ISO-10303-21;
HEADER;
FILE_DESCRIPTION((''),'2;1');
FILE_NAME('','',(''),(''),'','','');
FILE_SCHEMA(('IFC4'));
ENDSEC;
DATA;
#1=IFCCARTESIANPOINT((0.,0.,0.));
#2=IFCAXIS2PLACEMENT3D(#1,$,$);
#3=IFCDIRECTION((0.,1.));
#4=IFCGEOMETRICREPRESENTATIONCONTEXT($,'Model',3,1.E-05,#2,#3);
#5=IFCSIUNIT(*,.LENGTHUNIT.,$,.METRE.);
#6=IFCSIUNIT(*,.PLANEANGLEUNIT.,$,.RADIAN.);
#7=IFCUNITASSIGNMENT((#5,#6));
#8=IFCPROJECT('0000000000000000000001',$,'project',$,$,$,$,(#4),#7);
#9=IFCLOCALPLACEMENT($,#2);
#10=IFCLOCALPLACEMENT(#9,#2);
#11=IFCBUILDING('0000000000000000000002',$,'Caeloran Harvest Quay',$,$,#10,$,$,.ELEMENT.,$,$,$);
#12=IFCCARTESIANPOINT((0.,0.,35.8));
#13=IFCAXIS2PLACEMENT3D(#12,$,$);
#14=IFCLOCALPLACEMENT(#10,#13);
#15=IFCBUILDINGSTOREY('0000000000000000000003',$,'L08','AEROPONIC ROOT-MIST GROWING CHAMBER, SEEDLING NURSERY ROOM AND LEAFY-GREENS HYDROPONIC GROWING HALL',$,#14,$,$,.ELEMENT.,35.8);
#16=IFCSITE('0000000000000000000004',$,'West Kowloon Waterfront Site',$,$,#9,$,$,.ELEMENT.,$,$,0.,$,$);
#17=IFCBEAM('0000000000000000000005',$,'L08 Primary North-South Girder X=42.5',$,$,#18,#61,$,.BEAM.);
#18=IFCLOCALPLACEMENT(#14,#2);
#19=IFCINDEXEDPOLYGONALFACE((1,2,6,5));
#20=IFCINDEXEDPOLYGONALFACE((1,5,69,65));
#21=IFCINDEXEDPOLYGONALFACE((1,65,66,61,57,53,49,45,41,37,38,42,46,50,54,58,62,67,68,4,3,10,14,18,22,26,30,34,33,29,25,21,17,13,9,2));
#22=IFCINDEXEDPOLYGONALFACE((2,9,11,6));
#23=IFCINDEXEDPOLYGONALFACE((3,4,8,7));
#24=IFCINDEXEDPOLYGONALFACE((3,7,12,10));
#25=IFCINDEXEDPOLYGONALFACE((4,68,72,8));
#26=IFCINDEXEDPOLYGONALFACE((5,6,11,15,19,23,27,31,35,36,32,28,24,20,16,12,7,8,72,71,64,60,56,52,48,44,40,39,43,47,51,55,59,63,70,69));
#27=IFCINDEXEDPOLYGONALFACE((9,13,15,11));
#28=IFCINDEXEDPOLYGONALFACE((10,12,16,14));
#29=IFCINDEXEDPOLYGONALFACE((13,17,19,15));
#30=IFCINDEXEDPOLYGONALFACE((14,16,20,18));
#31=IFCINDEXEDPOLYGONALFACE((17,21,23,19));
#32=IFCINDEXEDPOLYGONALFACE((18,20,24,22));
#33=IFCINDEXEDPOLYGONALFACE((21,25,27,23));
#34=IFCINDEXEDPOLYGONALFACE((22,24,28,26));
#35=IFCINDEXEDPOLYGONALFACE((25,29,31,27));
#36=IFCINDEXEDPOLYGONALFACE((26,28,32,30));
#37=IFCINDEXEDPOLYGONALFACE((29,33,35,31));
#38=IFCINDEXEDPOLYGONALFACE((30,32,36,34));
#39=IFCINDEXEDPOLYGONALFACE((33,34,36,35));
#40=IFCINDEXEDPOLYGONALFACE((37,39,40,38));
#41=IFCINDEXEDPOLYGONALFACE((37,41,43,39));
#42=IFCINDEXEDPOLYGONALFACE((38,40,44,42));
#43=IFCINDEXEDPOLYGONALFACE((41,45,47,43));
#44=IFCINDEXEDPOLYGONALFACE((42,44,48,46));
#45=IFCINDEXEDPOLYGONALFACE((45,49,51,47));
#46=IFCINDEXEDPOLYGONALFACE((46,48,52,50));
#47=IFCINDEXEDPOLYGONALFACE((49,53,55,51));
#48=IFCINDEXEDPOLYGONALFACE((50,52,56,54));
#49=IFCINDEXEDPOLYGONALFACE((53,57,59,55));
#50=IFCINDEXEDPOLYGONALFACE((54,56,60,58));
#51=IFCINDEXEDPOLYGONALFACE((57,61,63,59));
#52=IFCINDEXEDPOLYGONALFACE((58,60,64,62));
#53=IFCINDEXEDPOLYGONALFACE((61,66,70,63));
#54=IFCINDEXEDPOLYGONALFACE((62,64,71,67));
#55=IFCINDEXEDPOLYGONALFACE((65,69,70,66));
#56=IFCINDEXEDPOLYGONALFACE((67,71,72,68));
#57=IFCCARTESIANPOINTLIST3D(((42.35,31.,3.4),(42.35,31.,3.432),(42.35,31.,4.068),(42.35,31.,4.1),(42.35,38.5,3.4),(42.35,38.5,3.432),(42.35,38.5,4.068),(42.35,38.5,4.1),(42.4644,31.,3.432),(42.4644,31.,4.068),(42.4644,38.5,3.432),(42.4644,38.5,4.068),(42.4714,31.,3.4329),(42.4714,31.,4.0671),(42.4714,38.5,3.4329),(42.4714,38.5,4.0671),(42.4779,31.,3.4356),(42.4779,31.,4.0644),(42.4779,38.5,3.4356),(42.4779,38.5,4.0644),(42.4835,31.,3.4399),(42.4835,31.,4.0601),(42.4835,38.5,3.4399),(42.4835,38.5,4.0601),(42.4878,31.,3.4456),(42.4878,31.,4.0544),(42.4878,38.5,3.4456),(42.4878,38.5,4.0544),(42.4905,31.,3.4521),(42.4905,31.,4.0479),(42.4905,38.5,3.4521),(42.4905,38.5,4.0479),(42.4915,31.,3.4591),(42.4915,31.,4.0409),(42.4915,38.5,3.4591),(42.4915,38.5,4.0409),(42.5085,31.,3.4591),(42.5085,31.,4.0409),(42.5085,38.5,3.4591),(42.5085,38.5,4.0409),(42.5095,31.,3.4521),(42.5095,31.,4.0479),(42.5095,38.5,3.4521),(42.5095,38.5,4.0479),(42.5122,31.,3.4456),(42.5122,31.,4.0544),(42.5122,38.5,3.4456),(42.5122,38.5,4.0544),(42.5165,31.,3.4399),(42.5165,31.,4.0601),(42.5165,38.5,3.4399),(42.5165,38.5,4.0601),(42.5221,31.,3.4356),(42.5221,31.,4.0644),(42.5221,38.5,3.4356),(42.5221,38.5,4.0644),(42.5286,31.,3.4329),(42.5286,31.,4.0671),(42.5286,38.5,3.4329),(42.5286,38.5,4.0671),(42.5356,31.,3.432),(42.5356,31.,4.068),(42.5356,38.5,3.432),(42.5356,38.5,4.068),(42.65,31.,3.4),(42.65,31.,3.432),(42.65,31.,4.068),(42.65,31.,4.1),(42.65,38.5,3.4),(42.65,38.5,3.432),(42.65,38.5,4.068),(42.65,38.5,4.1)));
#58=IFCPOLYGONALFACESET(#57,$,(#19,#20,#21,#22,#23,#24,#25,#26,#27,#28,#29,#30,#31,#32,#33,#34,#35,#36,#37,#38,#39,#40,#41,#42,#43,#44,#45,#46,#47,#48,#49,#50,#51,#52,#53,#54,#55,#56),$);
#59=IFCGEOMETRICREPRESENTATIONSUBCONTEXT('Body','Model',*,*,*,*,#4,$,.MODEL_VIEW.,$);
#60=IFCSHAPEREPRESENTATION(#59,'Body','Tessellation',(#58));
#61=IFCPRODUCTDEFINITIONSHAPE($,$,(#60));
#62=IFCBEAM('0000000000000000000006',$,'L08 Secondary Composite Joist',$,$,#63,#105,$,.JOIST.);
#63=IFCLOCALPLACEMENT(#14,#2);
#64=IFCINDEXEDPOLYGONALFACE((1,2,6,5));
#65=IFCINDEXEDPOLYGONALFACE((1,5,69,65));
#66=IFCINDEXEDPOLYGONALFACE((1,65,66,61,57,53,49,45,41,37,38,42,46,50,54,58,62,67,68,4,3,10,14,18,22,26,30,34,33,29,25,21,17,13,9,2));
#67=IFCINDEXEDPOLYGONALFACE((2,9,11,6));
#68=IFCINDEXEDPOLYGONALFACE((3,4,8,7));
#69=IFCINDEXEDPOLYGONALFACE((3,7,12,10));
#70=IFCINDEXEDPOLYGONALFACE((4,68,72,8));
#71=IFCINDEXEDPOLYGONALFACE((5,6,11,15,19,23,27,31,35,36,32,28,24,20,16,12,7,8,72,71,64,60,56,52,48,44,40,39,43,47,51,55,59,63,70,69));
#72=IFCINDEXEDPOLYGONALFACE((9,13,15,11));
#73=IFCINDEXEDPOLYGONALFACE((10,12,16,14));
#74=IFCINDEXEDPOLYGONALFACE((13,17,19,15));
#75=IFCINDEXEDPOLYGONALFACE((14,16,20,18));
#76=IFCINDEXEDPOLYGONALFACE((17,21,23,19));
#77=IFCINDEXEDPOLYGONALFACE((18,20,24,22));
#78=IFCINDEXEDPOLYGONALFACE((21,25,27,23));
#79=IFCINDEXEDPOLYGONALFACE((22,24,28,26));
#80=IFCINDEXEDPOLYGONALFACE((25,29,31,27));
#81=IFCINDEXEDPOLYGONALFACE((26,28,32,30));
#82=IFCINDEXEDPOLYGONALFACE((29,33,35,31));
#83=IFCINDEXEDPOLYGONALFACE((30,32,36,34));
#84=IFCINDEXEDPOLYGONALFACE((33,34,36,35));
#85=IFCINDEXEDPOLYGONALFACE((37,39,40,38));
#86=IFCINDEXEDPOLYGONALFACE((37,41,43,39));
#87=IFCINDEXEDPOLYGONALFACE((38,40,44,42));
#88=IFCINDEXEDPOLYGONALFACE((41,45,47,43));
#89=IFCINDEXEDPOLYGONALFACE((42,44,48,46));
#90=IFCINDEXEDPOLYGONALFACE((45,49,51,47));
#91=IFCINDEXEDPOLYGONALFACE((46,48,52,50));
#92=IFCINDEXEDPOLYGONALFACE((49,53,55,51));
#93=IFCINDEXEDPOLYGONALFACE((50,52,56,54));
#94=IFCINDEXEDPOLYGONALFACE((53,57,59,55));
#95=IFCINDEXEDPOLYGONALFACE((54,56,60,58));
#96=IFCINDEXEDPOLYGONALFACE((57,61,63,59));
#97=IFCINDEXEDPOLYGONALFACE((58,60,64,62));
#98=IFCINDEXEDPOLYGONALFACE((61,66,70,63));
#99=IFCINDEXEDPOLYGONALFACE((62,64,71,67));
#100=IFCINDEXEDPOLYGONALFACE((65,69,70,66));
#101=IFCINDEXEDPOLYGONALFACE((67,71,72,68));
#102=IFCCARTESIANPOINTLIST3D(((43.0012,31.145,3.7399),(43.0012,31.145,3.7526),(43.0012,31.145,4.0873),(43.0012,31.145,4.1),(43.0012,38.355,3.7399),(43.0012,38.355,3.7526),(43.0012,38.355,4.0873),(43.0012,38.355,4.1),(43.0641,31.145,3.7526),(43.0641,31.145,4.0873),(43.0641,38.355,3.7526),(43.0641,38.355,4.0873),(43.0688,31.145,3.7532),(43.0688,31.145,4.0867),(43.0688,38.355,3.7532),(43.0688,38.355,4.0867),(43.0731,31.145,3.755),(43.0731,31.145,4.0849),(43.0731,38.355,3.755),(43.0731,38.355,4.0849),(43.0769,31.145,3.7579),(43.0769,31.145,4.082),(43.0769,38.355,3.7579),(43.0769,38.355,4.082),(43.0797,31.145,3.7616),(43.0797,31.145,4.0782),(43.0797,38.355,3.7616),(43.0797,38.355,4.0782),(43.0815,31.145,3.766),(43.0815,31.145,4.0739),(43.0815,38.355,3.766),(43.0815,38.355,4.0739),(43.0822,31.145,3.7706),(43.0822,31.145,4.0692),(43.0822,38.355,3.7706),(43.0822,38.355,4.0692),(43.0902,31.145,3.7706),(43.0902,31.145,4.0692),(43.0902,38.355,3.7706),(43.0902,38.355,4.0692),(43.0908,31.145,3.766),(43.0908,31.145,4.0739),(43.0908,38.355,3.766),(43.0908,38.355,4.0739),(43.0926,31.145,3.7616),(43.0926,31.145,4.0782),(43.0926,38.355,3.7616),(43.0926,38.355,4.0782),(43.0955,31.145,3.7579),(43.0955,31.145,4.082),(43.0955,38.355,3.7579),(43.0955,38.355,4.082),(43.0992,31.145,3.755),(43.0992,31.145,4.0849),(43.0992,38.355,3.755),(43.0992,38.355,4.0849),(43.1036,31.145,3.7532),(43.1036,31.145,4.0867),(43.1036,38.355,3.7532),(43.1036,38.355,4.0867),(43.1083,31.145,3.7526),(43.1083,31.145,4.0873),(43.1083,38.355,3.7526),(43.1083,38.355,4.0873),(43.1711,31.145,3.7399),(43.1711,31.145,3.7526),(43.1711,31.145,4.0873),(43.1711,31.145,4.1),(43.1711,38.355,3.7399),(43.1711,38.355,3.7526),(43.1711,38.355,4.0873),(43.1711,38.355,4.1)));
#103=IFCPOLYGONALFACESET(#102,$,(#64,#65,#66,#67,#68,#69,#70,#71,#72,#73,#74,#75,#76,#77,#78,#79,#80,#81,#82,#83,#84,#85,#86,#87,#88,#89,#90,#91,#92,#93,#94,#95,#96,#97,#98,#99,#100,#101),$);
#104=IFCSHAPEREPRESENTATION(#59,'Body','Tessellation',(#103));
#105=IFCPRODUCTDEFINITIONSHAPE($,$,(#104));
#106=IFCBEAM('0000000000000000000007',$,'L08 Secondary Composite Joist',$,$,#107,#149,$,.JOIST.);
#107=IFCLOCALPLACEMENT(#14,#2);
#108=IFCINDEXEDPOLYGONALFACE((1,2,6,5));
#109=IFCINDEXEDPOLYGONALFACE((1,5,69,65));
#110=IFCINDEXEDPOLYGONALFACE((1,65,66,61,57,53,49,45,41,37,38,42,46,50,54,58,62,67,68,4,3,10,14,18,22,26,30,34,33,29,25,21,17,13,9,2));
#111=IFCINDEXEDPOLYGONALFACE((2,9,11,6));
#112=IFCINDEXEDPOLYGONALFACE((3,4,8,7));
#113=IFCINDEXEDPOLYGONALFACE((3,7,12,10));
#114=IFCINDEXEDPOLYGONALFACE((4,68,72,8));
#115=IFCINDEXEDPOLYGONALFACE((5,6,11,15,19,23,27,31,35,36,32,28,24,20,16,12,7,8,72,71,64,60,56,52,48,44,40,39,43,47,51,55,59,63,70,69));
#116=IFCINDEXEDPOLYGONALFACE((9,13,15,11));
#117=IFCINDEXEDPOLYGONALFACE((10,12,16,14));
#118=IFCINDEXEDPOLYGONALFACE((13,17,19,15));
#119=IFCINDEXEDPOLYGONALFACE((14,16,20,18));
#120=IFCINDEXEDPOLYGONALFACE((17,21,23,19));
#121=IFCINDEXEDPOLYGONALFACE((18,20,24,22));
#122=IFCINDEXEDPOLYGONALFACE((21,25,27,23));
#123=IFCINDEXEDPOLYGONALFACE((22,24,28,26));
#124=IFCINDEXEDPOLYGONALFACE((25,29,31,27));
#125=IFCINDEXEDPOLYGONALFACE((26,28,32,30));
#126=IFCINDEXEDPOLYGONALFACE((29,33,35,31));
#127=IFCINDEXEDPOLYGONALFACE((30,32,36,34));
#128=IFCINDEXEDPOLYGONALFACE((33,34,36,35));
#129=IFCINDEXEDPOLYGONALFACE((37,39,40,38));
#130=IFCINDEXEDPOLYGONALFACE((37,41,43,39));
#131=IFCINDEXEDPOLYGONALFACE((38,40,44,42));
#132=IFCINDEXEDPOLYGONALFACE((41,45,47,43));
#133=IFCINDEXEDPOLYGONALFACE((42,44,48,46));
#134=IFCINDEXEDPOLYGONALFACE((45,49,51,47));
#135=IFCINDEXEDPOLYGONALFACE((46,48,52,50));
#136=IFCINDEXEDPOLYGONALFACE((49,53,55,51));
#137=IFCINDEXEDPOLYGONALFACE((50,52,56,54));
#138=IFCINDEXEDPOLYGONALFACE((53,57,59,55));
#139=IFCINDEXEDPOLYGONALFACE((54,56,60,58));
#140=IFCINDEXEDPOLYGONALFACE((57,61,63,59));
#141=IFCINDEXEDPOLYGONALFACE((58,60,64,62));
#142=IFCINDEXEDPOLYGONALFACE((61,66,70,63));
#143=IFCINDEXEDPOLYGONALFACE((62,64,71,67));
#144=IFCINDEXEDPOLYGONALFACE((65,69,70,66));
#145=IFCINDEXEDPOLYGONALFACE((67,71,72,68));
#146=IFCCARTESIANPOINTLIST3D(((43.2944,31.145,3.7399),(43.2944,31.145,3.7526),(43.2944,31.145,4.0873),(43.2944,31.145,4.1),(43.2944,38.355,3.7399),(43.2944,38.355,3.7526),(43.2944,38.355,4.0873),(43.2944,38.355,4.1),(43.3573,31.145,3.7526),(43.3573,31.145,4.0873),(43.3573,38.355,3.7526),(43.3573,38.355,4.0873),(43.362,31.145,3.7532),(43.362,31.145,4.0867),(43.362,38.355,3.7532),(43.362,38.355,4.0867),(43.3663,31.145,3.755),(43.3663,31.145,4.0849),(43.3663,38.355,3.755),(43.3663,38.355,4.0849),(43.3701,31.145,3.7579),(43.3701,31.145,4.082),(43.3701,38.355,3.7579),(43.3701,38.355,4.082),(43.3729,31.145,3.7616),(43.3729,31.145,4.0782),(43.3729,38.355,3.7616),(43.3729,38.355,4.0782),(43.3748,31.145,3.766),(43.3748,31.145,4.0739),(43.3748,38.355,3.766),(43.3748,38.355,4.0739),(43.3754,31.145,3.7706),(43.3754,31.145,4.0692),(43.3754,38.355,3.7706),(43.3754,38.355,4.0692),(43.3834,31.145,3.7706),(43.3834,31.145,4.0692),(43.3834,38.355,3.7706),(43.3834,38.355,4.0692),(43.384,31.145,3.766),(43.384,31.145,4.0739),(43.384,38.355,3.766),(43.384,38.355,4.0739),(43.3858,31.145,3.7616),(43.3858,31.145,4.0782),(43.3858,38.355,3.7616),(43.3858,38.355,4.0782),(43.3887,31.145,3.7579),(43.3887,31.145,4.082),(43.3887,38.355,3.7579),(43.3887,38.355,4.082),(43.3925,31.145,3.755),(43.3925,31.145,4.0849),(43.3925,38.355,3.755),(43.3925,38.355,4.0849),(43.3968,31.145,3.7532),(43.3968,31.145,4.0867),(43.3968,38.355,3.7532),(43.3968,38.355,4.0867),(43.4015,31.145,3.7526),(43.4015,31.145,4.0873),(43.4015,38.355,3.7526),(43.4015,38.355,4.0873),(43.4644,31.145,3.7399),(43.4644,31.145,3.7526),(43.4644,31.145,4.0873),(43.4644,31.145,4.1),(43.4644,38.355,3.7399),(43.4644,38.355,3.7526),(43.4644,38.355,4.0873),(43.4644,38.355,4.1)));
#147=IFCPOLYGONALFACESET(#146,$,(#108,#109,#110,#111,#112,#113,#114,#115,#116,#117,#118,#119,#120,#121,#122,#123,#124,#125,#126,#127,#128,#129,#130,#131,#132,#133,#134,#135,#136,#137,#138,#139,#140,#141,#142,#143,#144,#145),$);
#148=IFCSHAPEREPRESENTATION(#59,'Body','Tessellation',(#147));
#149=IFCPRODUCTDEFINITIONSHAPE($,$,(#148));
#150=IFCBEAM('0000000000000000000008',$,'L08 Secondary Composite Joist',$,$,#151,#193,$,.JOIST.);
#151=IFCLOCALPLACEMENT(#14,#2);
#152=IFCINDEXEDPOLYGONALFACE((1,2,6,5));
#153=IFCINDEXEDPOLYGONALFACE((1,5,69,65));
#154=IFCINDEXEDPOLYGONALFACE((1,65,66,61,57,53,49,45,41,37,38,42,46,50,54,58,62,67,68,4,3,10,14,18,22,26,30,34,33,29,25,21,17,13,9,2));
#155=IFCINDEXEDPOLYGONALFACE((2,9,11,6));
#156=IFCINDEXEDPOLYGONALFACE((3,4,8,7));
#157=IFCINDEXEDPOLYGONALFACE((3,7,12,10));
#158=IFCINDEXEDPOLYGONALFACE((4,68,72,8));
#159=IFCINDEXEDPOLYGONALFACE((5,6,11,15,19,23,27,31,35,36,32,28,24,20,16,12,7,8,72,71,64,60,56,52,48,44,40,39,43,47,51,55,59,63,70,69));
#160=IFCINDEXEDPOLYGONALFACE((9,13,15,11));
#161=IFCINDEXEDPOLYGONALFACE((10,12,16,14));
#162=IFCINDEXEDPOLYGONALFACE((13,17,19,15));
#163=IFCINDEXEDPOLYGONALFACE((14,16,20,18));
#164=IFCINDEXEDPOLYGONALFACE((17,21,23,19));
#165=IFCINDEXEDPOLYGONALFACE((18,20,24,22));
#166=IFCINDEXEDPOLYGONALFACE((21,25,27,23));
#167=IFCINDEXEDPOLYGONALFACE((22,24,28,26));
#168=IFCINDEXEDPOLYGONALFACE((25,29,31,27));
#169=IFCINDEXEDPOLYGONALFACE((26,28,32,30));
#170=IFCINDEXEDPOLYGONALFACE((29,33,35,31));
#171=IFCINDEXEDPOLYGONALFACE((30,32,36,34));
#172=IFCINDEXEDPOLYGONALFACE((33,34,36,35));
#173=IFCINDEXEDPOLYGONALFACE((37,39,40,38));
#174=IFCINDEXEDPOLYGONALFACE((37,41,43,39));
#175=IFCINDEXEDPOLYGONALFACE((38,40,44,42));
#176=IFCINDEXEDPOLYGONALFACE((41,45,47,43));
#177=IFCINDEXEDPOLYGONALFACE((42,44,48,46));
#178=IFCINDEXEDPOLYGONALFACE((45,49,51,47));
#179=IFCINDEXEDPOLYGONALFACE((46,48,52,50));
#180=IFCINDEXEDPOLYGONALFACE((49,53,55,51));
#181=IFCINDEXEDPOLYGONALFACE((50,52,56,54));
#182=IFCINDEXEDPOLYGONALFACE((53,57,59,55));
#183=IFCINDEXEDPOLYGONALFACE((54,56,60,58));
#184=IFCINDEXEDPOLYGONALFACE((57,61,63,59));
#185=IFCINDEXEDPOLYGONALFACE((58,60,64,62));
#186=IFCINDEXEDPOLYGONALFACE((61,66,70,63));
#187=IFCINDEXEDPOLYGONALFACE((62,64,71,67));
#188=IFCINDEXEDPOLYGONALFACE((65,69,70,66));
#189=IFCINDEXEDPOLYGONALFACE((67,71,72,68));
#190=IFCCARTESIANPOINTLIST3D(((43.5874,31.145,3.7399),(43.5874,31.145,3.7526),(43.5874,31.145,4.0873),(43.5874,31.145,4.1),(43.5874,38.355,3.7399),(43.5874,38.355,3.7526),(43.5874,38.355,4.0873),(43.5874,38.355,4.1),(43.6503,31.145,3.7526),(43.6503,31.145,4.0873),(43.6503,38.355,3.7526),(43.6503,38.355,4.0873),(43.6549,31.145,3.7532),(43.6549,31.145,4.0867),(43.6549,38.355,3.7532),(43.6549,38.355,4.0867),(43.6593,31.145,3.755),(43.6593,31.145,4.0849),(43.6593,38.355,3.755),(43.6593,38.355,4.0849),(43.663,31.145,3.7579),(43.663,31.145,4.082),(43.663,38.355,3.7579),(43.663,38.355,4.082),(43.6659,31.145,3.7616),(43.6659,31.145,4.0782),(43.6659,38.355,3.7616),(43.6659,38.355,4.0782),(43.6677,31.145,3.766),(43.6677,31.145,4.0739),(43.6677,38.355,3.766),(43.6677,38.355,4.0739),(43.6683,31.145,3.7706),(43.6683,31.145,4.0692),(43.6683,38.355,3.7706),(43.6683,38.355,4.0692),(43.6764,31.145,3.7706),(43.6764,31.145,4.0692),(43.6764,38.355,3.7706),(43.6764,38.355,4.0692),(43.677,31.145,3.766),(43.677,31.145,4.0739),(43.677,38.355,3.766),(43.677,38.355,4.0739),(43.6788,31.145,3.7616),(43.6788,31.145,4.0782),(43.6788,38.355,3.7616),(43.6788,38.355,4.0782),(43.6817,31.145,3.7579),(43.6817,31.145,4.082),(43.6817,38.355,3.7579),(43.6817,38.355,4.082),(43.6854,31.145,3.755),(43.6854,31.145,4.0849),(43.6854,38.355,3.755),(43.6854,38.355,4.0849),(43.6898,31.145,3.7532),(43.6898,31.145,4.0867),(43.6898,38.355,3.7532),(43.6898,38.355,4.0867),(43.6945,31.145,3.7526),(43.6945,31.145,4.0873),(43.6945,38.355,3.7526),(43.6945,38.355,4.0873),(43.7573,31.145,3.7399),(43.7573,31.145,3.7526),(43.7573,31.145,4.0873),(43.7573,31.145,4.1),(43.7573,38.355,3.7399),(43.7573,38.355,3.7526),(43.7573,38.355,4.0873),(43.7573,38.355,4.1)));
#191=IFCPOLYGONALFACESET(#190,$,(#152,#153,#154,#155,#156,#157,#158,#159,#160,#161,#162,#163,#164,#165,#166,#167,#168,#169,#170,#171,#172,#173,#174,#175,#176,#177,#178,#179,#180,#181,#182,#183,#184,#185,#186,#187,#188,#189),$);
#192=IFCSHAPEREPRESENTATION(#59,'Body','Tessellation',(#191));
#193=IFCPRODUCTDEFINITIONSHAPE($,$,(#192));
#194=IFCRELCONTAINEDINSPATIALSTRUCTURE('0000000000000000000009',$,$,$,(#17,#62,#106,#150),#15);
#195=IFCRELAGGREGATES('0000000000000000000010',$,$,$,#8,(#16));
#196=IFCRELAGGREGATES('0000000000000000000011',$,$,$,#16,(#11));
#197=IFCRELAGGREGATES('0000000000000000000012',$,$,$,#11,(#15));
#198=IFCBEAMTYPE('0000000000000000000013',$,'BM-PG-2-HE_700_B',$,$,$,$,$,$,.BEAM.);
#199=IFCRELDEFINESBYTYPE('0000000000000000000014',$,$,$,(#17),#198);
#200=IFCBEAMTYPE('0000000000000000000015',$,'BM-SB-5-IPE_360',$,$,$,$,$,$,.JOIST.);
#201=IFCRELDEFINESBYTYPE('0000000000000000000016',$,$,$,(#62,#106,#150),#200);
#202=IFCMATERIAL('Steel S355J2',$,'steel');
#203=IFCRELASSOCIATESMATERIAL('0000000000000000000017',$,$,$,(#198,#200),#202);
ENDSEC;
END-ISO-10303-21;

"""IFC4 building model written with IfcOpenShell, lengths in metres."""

from ifc_helpers import new_model, si_unit, direction, frame, origin, origin_2d, place, context, subcontext, project, spatial, i_section, extrude, material, material_profile, profile_set, type_object, element, save


model = new_model("IFC4")

# Units and contexts
model_context = context("Model", 3, precision=1e-05, world=origin(), true_north=direction((0.0, 1.0)))
body_context = subcontext(model_context, "Body", "Model", "MODEL_VIEW")
ifc_project = project(units=[si_unit("LENGTHUNIT", "METRE"), si_unit("PLANEANGLEUNIT", "RADIAN")], contexts=[model_context])

# Site, building, storey
site_placement = place(None, origin())
site = spatial("IfcSite", under=ifc_project, at=site_placement, Name="West Kowloon Waterfront Site", CompositionType="ELEMENT", RefElevation=0.0)
building_placement = place(site_placement, origin())
building = spatial("IfcBuilding", under=site, at=building_placement, Name="Caeloran Harvest Quay", CompositionType="ELEMENT")
storey_placement = place(building_placement, frame((0.0, 0.0, 35.8)))
storey = spatial("IfcBuildingStorey", under=building, at=storey_placement, Name="L08", Description="AEROPONIC ROOT-MIST GROWING CHAMBER, SEEDLING NURSERY ROOM AND LEAFY-GREENS HYDROPONIC GROWING HALL", CompositionType="ELEMENT", Elevation=35.8)

# Beams
ifc_material_1 = material(Name="Steel S355J2", Category="steel")
ifc_material_profile_1 = material_profile(ifc_material_1, i_section(OverallWidth=0.3, OverallDepth=0.7, WebThickness=0.0171, FlangeThickness=0.032, FilletRadius=0.0271, at=origin_2d()), Name="HE 700 B")
ifc_profile_set_1 = profile_set([ifc_material_profile_1], Name="Steel S355J2")
beam_type_1 = type_object("IfcBeamType", Name="BM-PG-2-HE_700_B", PredefinedType="BEAM", material=ifc_profile_set_1)
beam_placement = place(storey_placement, frame((42.5, 31.0, 3.75), z_axis=(0.0, 1.0, 0.0), x_axis=(-1.0, 0.0, 0.0)))
element("IfcBeam", 1, at=beam_placement, inside=storey, type_object=beam_type_1, Name="L08 Primary North-South Girder X=42.5", PredefinedType="BEAM", context=body_context, shape_type="SweptSolid", body=[
    extrude(i_section(OverallWidth=0.3, OverallDepth=0.7, WebThickness=0.0171, FlangeThickness=0.032, FilletRadius=0.0271, at=origin_2d()), origin(), (0.0, 0.0, 1.0), 7.5),
])
ifc_material_profile_2 = material_profile(ifc_material_1, i_section(OverallWidth=0.1699, OverallDepth=0.3601, WebThickness=0.0081, FlangeThickness=0.0127, FilletRadius=0.0181, at=origin_2d()), Name="IPE 360")
ifc_profile_set_2 = profile_set([ifc_material_profile_2], Name="Steel S355J2")
beam_type_2 = type_object("IfcBeamType", Name="BM-SB-5-IPE_360", PredefinedType="JOIST", material=ifc_profile_set_2)
for number, where, z_axis, x_axis, name in (
    (2, (43.0862, 31.145, 3.9199), (0.0, 1.0, 0.0), (-1.0, 0.0, 0.0), "L08 Secondary Composite Joist"),
    (3, (43.3794, 31.145, 3.9199), (0.0, 1.0, 0.0), (-1.0, 0.0, 0.0), "L08 Secondary Composite Joist"),
    (4, (43.6724, 31.145, 3.9199), (0.0, 1.0, 0.0), (-1.0, 0.0, 0.0), "L08 Secondary Composite Joist"),
):
    element("IfcBeam", number, at=place(storey_placement, frame(where, z_axis=z_axis, x_axis=x_axis)), inside=storey, type_object=beam_type_2, Name=name, PredefinedType="JOIST", context=body_context, shape_type="SweptSolid", body=[
        extrude(i_section(OverallWidth=0.1699, OverallDepth=0.3601, WebThickness=0.0081, FlangeThickness=0.0127, FilletRadius=0.0181, at=origin_2d()), origin(), (0.0, 0.0, 1.0), 7.21),
    ])

save(model, "model.ifc")
